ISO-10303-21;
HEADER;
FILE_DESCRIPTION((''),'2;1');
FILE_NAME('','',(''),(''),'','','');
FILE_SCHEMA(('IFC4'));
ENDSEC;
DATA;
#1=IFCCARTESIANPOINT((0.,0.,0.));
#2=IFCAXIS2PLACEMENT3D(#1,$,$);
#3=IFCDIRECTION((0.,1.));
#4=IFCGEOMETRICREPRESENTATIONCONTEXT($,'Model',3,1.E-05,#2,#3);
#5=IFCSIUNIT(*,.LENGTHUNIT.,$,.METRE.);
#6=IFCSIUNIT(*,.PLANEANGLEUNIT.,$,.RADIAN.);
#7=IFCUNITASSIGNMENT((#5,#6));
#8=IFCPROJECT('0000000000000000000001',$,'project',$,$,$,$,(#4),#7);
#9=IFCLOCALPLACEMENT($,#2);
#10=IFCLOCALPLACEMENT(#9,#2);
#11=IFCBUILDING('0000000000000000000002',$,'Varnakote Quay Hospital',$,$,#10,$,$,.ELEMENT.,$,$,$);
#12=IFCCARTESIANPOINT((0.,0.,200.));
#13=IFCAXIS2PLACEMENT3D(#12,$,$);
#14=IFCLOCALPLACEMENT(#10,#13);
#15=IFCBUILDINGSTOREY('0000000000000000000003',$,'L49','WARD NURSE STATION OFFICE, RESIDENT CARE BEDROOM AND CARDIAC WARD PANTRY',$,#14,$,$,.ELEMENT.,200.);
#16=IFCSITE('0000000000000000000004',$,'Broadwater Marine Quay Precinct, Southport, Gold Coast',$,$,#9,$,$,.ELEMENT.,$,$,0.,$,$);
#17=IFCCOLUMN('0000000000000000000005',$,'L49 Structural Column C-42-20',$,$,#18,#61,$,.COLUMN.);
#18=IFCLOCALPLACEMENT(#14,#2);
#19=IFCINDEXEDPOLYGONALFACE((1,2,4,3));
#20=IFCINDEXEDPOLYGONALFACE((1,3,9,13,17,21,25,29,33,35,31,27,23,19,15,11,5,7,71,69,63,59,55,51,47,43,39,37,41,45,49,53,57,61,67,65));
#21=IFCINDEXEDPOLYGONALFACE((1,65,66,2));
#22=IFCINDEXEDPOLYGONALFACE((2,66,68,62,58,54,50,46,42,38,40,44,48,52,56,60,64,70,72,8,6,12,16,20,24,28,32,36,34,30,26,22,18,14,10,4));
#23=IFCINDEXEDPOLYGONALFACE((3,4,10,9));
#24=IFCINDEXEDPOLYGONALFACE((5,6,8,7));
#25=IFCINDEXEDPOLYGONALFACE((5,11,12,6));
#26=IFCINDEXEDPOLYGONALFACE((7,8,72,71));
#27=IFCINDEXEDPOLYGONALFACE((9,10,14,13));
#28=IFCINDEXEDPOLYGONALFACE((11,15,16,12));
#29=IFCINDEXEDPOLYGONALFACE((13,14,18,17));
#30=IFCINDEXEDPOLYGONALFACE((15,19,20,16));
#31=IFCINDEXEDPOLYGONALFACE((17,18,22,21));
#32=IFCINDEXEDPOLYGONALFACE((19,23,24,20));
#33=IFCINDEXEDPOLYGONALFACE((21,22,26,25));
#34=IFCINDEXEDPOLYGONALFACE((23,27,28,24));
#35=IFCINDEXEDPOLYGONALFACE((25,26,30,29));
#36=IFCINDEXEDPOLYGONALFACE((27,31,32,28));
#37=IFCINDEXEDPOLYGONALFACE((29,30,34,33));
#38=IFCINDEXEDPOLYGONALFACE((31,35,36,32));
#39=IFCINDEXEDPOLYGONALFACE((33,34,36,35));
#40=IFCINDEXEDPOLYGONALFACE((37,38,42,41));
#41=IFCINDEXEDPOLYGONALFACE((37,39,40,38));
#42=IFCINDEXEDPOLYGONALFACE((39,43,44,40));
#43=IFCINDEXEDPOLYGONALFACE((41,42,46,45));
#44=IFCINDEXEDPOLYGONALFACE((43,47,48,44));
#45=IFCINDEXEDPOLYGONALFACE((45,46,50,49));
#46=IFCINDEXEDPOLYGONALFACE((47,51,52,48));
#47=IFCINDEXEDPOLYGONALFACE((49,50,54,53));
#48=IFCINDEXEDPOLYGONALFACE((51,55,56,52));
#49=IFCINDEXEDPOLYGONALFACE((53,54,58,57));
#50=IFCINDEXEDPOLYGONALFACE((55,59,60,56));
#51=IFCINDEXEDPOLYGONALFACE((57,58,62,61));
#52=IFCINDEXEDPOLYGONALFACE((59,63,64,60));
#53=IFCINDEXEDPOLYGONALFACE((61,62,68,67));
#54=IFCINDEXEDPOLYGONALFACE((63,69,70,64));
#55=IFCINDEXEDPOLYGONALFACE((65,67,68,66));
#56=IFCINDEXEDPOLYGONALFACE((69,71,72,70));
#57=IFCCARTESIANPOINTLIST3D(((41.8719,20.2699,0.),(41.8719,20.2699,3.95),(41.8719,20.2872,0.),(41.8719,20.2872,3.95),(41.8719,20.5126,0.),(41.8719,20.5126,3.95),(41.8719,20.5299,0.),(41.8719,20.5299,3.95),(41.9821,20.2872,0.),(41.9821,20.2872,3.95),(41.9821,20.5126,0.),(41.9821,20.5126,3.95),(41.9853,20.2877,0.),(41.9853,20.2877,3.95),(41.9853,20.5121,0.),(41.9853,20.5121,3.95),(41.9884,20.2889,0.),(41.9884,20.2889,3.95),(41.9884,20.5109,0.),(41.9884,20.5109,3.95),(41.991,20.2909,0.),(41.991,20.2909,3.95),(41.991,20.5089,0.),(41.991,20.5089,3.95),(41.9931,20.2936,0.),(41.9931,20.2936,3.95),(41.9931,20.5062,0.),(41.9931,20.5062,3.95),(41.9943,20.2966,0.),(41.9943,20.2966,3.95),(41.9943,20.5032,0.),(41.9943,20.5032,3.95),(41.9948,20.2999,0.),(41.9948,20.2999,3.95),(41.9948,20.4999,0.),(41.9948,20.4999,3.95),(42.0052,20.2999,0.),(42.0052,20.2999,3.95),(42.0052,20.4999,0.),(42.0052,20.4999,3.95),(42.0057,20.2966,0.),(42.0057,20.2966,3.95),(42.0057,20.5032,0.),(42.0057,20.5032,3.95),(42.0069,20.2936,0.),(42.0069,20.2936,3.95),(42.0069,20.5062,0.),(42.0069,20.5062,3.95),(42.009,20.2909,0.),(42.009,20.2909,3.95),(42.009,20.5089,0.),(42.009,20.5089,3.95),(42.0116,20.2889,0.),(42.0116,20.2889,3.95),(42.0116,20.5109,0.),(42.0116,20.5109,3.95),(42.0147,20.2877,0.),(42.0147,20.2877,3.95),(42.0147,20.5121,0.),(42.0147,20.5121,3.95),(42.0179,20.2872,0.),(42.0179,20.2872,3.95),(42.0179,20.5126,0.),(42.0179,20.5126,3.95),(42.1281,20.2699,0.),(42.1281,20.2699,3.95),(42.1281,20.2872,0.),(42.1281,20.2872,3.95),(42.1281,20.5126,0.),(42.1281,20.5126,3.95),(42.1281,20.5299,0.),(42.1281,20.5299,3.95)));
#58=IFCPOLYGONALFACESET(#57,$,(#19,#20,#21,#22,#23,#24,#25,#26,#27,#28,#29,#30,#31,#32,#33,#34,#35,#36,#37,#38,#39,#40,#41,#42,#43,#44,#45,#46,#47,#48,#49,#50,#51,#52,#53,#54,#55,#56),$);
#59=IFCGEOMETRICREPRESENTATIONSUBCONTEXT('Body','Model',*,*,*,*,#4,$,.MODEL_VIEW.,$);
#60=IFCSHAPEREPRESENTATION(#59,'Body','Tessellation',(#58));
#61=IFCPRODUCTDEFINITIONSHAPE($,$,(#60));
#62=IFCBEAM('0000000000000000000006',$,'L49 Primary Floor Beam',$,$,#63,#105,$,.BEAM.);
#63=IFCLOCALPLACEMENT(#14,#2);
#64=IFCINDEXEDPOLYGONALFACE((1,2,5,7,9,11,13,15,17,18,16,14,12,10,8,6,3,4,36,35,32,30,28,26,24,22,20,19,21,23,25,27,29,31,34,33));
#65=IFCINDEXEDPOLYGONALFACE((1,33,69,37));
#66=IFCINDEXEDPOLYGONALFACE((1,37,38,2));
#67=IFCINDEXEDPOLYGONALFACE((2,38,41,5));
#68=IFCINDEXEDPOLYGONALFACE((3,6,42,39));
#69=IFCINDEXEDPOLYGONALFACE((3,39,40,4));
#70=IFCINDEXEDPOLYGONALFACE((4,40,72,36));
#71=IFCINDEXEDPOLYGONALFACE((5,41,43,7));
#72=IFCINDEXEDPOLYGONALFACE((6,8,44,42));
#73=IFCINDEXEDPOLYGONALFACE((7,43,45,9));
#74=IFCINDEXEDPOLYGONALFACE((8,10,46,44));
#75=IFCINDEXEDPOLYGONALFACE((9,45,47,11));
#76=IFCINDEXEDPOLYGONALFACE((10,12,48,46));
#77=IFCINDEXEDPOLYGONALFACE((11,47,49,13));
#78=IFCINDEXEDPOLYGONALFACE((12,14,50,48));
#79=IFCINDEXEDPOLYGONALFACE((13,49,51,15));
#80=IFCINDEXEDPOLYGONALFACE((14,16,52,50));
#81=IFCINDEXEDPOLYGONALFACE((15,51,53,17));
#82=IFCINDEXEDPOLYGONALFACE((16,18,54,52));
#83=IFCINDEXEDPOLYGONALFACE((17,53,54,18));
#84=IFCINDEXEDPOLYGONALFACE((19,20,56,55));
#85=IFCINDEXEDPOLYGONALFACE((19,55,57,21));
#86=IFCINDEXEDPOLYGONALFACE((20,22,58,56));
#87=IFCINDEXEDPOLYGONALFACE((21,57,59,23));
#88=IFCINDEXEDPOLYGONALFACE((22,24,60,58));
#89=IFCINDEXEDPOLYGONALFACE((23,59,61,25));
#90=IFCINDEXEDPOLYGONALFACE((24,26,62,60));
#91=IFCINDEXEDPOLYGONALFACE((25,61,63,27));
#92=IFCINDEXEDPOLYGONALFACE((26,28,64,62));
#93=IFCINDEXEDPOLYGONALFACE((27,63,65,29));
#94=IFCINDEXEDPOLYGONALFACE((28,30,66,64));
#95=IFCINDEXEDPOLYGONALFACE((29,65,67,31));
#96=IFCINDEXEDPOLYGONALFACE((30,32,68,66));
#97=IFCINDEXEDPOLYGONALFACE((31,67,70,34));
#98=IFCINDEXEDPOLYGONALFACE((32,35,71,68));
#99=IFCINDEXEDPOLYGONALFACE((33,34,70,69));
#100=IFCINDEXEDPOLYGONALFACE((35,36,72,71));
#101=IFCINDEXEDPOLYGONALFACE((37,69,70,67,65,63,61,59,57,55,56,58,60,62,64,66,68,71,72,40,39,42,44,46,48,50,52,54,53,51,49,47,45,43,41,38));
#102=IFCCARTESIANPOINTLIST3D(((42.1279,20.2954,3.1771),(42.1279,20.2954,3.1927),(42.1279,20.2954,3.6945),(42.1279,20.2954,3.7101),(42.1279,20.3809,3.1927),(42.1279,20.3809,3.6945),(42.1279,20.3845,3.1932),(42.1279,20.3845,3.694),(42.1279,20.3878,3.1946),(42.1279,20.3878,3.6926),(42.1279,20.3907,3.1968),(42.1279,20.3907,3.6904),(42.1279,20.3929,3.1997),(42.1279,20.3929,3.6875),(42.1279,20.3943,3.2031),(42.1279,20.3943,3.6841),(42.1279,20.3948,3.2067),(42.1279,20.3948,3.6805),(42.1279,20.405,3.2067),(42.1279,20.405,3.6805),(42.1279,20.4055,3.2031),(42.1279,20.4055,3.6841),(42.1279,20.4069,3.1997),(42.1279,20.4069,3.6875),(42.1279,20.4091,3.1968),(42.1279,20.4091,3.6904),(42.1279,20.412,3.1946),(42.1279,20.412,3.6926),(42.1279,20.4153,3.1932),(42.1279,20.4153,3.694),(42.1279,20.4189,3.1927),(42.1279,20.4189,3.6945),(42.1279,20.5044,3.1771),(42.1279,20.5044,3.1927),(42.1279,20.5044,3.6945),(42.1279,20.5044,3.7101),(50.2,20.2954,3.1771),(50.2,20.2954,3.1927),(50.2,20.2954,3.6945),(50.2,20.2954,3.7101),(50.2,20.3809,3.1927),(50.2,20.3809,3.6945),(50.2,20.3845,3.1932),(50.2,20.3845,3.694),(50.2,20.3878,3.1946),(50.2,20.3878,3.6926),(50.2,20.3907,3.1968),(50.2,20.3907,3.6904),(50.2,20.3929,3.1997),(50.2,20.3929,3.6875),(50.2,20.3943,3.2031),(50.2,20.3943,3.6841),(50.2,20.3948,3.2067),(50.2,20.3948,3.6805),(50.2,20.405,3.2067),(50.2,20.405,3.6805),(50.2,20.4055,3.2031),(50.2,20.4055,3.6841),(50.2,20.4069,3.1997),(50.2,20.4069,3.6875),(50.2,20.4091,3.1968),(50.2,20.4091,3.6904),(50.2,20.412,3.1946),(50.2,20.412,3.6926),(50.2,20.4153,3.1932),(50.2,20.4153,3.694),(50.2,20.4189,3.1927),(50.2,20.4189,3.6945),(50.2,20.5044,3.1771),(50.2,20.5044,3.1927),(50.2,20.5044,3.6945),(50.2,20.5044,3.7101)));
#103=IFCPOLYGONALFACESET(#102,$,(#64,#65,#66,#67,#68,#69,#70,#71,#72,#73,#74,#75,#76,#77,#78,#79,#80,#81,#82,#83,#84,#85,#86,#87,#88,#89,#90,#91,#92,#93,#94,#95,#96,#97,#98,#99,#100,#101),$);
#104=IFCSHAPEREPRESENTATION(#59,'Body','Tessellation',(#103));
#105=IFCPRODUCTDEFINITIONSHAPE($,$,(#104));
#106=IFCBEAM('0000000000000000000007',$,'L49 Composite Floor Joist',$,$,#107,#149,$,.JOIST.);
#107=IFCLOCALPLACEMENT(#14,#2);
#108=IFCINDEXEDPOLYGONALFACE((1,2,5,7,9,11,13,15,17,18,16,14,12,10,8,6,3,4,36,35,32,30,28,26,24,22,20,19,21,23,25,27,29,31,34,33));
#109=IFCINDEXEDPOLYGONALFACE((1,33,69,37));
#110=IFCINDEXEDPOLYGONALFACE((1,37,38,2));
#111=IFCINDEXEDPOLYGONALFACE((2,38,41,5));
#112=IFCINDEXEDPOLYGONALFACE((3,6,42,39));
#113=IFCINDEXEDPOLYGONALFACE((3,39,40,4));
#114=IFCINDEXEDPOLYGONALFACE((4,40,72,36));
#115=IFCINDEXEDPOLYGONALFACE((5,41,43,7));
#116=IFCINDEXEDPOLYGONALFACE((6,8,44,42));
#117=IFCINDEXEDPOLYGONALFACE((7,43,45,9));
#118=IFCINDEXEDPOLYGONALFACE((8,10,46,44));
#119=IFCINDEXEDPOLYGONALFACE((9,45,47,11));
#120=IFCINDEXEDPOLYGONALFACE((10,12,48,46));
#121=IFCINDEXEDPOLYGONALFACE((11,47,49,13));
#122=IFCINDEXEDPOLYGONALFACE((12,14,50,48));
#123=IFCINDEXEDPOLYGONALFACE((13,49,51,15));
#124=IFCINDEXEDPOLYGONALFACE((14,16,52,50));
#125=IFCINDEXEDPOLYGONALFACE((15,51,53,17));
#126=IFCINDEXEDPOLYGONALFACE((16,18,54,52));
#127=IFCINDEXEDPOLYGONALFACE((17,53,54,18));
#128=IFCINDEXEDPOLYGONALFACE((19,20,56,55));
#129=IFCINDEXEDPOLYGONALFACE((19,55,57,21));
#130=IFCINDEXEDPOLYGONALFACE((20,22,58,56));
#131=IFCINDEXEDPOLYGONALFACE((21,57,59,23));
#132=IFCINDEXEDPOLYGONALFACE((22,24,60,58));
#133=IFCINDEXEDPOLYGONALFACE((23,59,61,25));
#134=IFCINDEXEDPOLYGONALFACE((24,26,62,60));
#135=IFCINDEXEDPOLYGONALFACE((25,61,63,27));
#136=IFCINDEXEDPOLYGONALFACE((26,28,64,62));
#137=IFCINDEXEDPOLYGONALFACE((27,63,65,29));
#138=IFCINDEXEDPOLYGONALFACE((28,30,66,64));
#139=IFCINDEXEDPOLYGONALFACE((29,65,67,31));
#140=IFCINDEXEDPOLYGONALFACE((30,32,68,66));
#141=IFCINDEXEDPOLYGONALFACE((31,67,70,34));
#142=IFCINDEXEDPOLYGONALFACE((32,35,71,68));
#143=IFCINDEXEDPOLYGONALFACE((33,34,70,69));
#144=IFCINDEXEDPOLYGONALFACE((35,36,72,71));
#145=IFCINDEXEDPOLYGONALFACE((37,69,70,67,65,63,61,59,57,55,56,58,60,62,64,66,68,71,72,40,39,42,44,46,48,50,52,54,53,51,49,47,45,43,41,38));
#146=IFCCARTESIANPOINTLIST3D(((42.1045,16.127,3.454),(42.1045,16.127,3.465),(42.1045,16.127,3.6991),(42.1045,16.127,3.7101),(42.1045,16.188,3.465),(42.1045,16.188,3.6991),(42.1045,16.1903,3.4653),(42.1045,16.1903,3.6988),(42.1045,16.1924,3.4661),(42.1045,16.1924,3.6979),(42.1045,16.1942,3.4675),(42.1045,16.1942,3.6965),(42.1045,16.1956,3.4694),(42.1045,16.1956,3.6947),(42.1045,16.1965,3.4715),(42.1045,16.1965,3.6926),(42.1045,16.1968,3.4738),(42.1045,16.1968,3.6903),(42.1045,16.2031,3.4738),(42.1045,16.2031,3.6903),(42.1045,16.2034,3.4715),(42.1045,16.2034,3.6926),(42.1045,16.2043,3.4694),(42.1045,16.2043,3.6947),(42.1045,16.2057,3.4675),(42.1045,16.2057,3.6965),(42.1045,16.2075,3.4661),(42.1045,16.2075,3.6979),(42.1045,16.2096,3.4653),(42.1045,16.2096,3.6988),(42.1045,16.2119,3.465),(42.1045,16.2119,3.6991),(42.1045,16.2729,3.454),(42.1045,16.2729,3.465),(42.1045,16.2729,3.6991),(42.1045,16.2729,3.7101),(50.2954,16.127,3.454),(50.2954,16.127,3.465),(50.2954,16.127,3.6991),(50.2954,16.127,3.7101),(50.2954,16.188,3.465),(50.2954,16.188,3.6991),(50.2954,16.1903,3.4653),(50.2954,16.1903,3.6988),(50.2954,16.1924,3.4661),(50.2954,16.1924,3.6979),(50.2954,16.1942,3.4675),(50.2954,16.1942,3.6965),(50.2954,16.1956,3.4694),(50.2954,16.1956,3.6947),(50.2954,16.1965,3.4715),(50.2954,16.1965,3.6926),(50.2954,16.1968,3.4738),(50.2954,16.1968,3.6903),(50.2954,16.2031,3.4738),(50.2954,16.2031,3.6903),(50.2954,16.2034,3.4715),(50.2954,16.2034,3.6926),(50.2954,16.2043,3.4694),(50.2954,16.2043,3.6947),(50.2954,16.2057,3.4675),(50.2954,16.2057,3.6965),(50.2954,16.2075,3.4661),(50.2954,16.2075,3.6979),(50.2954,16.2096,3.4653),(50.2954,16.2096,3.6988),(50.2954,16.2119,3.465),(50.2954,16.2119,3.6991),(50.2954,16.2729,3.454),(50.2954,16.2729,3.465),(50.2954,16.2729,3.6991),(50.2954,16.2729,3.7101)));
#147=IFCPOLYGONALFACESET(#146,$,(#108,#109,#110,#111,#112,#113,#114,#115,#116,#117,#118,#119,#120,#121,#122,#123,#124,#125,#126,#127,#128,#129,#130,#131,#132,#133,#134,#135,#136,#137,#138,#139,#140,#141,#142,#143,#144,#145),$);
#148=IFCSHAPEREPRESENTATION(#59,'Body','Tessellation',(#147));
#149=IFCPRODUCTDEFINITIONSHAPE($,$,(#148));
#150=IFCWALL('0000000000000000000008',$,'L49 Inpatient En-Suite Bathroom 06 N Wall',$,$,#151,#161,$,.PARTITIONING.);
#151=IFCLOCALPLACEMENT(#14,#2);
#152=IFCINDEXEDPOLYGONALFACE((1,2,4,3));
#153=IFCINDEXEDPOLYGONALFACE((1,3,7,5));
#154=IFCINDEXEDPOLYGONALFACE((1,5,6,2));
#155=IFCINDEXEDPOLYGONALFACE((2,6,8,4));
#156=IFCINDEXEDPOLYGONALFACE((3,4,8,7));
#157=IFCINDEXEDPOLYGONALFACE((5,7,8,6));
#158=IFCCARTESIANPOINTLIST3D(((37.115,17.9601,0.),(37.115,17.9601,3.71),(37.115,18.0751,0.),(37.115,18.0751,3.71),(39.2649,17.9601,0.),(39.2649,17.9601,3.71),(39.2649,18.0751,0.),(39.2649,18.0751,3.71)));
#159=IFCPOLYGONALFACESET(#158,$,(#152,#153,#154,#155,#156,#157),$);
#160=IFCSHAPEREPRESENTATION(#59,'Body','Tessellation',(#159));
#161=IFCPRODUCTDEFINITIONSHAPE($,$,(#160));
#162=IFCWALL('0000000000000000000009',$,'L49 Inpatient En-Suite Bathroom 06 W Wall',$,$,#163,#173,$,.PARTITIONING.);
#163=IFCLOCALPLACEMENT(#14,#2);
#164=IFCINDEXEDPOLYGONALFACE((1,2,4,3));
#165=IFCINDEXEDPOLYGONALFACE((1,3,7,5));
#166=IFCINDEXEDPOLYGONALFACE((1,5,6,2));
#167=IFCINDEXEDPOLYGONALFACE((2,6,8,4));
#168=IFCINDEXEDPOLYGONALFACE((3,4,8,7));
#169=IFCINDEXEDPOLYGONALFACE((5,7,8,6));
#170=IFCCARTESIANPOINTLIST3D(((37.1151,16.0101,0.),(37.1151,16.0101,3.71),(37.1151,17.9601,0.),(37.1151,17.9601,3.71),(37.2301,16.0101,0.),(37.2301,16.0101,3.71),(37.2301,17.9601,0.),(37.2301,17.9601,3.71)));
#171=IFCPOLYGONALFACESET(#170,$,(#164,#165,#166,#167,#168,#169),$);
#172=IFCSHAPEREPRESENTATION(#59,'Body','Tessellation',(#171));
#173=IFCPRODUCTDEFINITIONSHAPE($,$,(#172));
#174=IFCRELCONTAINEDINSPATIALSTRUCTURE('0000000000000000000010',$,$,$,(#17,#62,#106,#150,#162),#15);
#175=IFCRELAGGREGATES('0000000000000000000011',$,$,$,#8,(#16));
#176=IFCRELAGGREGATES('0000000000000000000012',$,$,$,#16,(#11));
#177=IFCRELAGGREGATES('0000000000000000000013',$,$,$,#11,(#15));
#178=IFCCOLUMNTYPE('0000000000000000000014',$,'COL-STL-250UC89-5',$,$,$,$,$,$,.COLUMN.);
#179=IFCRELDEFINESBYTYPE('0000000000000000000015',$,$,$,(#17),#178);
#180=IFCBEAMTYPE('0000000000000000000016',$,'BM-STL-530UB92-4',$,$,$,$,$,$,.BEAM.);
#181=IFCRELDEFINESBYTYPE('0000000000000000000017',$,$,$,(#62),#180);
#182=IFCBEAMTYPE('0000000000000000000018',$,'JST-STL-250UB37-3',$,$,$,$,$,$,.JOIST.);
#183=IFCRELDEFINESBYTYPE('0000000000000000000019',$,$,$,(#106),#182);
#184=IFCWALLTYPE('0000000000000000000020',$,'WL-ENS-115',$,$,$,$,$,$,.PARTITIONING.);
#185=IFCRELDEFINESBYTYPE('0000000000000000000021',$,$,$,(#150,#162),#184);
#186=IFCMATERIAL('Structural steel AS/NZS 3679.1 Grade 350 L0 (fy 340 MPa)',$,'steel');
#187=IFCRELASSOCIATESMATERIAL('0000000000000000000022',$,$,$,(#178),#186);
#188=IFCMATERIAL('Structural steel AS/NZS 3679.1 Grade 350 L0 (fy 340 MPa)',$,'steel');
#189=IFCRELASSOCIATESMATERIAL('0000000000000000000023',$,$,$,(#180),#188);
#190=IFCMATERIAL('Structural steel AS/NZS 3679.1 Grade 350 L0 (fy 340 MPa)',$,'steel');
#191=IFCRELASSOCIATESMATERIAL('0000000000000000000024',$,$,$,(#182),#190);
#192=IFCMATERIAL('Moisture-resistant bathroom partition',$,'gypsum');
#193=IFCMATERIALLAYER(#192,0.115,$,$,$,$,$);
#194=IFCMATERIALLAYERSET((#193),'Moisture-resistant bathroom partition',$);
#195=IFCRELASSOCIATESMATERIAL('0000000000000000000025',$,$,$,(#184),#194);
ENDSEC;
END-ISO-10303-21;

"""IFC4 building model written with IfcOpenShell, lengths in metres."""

from ifc_helpers import new_model, si_unit, direction, frame, frame_2d, origin, origin_2d, place, context, subcontext, project, spatial, rectangle, i_section, extrude, material, layer, layer_set, material_profile, profile_set, type_object, element, save


model = new_model("IFC4")

# Units and contexts
model_context = context("Model", 3, precision=1e-05, world=origin(), true_north=direction((0.0, 1.0)))
body_context = subcontext(model_context, "Body", "Model", "MODEL_VIEW")
ifc_project = project(units=[si_unit("LENGTHUNIT", "METRE"), si_unit("PLANEANGLEUNIT", "RADIAN")], contexts=[model_context])

# Site, building, storey
site_placement = place(None, origin())
site = spatial("IfcSite", under=ifc_project, at=site_placement, Name="Broadwater Marine Quay Precinct, Southport, Gold Coast", CompositionType="ELEMENT", RefElevation=0.0)
building_placement = place(site_placement, origin())
building = spatial("IfcBuilding", under=site, at=building_placement, Name="Varnakote Quay Hospital", CompositionType="ELEMENT")
storey_placement = place(building_placement, frame((0.0, 0.0, 200.0)))
storey = spatial("IfcBuildingStorey", under=building, at=storey_placement, Name="L49", Description="WARD NURSE STATION OFFICE, RESIDENT CARE BEDROOM AND CARDIAC WARD PANTRY", CompositionType="ELEMENT", Elevation=200.0)

# Column
ifc_material_1 = material(Name="Structural steel AS/NZS 3679.1 Grade 350 L0 (fy 340 MPa)", Category="steel")
ifc_material_profile_1 = material_profile(ifc_material_1, i_section(OverallWidth=0.2561, OverallDepth=0.26, WebThickness=0.0105, FlangeThickness=0.0173, FilletRadius=0.0127, at=origin_2d()), Name="250UC89.5")
ifc_profile_set_1 = profile_set([ifc_material_profile_1], Name="Structural steel AS/NZS 3679.1 Grade 350 L0 (fy 340 MPa)")
column_type = type_object("IfcColumnType", Name="COL-STL-250UC89-5", PredefinedType="COLUMN", material=ifc_profile_set_1)
column_placement = place(storey_placement, frame((42.0, 20.3999, 0.0), z_axis=(0.0, 0.0, 1.0), x_axis=(1.0, 0.0, 0.0)))
element("IfcColumn", 1, at=column_placement, inside=storey, type_object=column_type, Name="L49 Structural Column C-42-20", PredefinedType="COLUMN", context=body_context, shape_type="SweptSolid", body=[
    extrude(i_section(OverallWidth=0.2561, OverallDepth=0.26, WebThickness=0.0105, FlangeThickness=0.0173, FilletRadius=0.0127, at=origin_2d()), origin(), (0.0, 0.0, 1.0), 3.95),
])

# Beams
ifc_material_2 = material(Name="Structural steel AS/NZS 3679.1 Grade 350 L0 (fy 340 MPa)", Category="steel")
ifc_material_profile_2 = material_profile(ifc_material_2, i_section(OverallWidth=0.209, OverallDepth=0.533, WebThickness=0.0103, FlangeThickness=0.0156, FilletRadius=0.0139, at=origin_2d()), Name="530UB92.4")
ifc_profile_set_2 = profile_set([ifc_material_profile_2], Name="Structural steel AS/NZS 3679.1 Grade 350 L0 (fy 340 MPa)")
beam_type_1 = type_object("IfcBeamType", Name="BM-STL-530UB92-4", PredefinedType="BEAM", material=ifc_profile_set_2)
beam_1_placement = place(storey_placement, frame((42.1279, 20.3999, 3.4436), z_axis=(1.0, 0.0, 0.0), x_axis=(0.0, 1.0, 0.0)))
element("IfcBeam", 2, at=beam_1_placement, inside=storey, type_object=beam_type_1, Name="L49 Primary Floor Beam", PredefinedType="BEAM", context=body_context, shape_type="SweptSolid", body=[
    extrude(i_section(OverallWidth=0.209, OverallDepth=0.533, WebThickness=0.0103, FlangeThickness=0.0156, FilletRadius=0.0139, at=origin_2d()), origin(), (0.0, 0.0, 1.0), 8.072),
])
ifc_material_3 = material(Name="Structural steel AS/NZS 3679.1 Grade 350 L0 (fy 340 MPa)", Category="steel")
ifc_material_profile_3 = material_profile(ifc_material_3, i_section(OverallWidth=0.146, OverallDepth=0.2561, WebThickness=0.0063, FlangeThickness=0.011, FilletRadius=0.0088, at=origin_2d()), Name="250UB37.3")
ifc_profile_set_3 = profile_set([ifc_material_profile_3], Name="Structural steel AS/NZS 3679.1 Grade 350 L0 (fy 340 MPa)")
beam_type_2 = type_object("IfcBeamType", Name="JST-STL-250UB37-3", PredefinedType="JOIST", material=ifc_profile_set_3)
beam_2_placement = place(storey_placement, frame((42.1045, 16.2, 3.582), z_axis=(1.0, 0.0, 0.0), x_axis=(0.0, 1.0, 0.0)))
element("IfcBeam", 3, at=beam_2_placement, inside=storey, type_object=beam_type_2, Name="L49 Composite Floor Joist", PredefinedType="JOIST", context=body_context, shape_type="SweptSolid", body=[
    extrude(i_section(OverallWidth=0.146, OverallDepth=0.2561, WebThickness=0.0063, FlangeThickness=0.011, FilletRadius=0.0088, at=origin_2d()), origin(), (0.0, 0.0, 1.0), 8.1909),
])

# Walls
ifc_material_4 = material(Name="Moisture-resistant bathroom partition", Category="gypsum")
ifc_layer_1 = layer(ifc_material_4, 0.115)
ifc_layer_set_1 = layer_set([ifc_layer_1], Name="Moisture-resistant bathroom partition")
wall_type_1 = type_object("IfcWallType", Name="WL-ENS-115", PredefinedType="PARTITIONING", material=ifc_layer_set_1)
wall_1_placement = place(storey_placement, frame((37.115, 18.0176, 0.0), z_axis=(0.0, 0.0, 1.0), x_axis=(1.0, 0.0, 0.0)))
element("IfcWall", 4, at=wall_1_placement, inside=storey, type_object=wall_type_1, Name="L49 Inpatient En-Suite Bathroom 06 N Wall", PredefinedType="PARTITIONING", context=body_context, shape_type="SweptSolid", body=[
    extrude(rectangle(XDim=2.1499, YDim=0.115, at=frame_2d((1.075, 0.0))), origin(), (0.0, 0.0, 1.0), 3.71),
])
wall_2_placement = place(storey_placement, frame((37.1726, 16.01, 0.0), z_axis=(0.0, 0.0, 1.0), x_axis=(0.0, 1.0, 0.0)))
element("IfcWall", 5, at=wall_2_placement, inside=storey, type_object=wall_type_1, Name="L49 Inpatient En-Suite Bathroom 06 W Wall", PredefinedType="PARTITIONING", context=body_context, shape_type="SweptSolid", body=[
    extrude(rectangle(XDim=1.95, YDim=0.115, at=frame_2d((0.9751, 0.0))), origin(), (0.0, 0.0, 1.0), 3.71),
])

save(model, "model.ifc")
